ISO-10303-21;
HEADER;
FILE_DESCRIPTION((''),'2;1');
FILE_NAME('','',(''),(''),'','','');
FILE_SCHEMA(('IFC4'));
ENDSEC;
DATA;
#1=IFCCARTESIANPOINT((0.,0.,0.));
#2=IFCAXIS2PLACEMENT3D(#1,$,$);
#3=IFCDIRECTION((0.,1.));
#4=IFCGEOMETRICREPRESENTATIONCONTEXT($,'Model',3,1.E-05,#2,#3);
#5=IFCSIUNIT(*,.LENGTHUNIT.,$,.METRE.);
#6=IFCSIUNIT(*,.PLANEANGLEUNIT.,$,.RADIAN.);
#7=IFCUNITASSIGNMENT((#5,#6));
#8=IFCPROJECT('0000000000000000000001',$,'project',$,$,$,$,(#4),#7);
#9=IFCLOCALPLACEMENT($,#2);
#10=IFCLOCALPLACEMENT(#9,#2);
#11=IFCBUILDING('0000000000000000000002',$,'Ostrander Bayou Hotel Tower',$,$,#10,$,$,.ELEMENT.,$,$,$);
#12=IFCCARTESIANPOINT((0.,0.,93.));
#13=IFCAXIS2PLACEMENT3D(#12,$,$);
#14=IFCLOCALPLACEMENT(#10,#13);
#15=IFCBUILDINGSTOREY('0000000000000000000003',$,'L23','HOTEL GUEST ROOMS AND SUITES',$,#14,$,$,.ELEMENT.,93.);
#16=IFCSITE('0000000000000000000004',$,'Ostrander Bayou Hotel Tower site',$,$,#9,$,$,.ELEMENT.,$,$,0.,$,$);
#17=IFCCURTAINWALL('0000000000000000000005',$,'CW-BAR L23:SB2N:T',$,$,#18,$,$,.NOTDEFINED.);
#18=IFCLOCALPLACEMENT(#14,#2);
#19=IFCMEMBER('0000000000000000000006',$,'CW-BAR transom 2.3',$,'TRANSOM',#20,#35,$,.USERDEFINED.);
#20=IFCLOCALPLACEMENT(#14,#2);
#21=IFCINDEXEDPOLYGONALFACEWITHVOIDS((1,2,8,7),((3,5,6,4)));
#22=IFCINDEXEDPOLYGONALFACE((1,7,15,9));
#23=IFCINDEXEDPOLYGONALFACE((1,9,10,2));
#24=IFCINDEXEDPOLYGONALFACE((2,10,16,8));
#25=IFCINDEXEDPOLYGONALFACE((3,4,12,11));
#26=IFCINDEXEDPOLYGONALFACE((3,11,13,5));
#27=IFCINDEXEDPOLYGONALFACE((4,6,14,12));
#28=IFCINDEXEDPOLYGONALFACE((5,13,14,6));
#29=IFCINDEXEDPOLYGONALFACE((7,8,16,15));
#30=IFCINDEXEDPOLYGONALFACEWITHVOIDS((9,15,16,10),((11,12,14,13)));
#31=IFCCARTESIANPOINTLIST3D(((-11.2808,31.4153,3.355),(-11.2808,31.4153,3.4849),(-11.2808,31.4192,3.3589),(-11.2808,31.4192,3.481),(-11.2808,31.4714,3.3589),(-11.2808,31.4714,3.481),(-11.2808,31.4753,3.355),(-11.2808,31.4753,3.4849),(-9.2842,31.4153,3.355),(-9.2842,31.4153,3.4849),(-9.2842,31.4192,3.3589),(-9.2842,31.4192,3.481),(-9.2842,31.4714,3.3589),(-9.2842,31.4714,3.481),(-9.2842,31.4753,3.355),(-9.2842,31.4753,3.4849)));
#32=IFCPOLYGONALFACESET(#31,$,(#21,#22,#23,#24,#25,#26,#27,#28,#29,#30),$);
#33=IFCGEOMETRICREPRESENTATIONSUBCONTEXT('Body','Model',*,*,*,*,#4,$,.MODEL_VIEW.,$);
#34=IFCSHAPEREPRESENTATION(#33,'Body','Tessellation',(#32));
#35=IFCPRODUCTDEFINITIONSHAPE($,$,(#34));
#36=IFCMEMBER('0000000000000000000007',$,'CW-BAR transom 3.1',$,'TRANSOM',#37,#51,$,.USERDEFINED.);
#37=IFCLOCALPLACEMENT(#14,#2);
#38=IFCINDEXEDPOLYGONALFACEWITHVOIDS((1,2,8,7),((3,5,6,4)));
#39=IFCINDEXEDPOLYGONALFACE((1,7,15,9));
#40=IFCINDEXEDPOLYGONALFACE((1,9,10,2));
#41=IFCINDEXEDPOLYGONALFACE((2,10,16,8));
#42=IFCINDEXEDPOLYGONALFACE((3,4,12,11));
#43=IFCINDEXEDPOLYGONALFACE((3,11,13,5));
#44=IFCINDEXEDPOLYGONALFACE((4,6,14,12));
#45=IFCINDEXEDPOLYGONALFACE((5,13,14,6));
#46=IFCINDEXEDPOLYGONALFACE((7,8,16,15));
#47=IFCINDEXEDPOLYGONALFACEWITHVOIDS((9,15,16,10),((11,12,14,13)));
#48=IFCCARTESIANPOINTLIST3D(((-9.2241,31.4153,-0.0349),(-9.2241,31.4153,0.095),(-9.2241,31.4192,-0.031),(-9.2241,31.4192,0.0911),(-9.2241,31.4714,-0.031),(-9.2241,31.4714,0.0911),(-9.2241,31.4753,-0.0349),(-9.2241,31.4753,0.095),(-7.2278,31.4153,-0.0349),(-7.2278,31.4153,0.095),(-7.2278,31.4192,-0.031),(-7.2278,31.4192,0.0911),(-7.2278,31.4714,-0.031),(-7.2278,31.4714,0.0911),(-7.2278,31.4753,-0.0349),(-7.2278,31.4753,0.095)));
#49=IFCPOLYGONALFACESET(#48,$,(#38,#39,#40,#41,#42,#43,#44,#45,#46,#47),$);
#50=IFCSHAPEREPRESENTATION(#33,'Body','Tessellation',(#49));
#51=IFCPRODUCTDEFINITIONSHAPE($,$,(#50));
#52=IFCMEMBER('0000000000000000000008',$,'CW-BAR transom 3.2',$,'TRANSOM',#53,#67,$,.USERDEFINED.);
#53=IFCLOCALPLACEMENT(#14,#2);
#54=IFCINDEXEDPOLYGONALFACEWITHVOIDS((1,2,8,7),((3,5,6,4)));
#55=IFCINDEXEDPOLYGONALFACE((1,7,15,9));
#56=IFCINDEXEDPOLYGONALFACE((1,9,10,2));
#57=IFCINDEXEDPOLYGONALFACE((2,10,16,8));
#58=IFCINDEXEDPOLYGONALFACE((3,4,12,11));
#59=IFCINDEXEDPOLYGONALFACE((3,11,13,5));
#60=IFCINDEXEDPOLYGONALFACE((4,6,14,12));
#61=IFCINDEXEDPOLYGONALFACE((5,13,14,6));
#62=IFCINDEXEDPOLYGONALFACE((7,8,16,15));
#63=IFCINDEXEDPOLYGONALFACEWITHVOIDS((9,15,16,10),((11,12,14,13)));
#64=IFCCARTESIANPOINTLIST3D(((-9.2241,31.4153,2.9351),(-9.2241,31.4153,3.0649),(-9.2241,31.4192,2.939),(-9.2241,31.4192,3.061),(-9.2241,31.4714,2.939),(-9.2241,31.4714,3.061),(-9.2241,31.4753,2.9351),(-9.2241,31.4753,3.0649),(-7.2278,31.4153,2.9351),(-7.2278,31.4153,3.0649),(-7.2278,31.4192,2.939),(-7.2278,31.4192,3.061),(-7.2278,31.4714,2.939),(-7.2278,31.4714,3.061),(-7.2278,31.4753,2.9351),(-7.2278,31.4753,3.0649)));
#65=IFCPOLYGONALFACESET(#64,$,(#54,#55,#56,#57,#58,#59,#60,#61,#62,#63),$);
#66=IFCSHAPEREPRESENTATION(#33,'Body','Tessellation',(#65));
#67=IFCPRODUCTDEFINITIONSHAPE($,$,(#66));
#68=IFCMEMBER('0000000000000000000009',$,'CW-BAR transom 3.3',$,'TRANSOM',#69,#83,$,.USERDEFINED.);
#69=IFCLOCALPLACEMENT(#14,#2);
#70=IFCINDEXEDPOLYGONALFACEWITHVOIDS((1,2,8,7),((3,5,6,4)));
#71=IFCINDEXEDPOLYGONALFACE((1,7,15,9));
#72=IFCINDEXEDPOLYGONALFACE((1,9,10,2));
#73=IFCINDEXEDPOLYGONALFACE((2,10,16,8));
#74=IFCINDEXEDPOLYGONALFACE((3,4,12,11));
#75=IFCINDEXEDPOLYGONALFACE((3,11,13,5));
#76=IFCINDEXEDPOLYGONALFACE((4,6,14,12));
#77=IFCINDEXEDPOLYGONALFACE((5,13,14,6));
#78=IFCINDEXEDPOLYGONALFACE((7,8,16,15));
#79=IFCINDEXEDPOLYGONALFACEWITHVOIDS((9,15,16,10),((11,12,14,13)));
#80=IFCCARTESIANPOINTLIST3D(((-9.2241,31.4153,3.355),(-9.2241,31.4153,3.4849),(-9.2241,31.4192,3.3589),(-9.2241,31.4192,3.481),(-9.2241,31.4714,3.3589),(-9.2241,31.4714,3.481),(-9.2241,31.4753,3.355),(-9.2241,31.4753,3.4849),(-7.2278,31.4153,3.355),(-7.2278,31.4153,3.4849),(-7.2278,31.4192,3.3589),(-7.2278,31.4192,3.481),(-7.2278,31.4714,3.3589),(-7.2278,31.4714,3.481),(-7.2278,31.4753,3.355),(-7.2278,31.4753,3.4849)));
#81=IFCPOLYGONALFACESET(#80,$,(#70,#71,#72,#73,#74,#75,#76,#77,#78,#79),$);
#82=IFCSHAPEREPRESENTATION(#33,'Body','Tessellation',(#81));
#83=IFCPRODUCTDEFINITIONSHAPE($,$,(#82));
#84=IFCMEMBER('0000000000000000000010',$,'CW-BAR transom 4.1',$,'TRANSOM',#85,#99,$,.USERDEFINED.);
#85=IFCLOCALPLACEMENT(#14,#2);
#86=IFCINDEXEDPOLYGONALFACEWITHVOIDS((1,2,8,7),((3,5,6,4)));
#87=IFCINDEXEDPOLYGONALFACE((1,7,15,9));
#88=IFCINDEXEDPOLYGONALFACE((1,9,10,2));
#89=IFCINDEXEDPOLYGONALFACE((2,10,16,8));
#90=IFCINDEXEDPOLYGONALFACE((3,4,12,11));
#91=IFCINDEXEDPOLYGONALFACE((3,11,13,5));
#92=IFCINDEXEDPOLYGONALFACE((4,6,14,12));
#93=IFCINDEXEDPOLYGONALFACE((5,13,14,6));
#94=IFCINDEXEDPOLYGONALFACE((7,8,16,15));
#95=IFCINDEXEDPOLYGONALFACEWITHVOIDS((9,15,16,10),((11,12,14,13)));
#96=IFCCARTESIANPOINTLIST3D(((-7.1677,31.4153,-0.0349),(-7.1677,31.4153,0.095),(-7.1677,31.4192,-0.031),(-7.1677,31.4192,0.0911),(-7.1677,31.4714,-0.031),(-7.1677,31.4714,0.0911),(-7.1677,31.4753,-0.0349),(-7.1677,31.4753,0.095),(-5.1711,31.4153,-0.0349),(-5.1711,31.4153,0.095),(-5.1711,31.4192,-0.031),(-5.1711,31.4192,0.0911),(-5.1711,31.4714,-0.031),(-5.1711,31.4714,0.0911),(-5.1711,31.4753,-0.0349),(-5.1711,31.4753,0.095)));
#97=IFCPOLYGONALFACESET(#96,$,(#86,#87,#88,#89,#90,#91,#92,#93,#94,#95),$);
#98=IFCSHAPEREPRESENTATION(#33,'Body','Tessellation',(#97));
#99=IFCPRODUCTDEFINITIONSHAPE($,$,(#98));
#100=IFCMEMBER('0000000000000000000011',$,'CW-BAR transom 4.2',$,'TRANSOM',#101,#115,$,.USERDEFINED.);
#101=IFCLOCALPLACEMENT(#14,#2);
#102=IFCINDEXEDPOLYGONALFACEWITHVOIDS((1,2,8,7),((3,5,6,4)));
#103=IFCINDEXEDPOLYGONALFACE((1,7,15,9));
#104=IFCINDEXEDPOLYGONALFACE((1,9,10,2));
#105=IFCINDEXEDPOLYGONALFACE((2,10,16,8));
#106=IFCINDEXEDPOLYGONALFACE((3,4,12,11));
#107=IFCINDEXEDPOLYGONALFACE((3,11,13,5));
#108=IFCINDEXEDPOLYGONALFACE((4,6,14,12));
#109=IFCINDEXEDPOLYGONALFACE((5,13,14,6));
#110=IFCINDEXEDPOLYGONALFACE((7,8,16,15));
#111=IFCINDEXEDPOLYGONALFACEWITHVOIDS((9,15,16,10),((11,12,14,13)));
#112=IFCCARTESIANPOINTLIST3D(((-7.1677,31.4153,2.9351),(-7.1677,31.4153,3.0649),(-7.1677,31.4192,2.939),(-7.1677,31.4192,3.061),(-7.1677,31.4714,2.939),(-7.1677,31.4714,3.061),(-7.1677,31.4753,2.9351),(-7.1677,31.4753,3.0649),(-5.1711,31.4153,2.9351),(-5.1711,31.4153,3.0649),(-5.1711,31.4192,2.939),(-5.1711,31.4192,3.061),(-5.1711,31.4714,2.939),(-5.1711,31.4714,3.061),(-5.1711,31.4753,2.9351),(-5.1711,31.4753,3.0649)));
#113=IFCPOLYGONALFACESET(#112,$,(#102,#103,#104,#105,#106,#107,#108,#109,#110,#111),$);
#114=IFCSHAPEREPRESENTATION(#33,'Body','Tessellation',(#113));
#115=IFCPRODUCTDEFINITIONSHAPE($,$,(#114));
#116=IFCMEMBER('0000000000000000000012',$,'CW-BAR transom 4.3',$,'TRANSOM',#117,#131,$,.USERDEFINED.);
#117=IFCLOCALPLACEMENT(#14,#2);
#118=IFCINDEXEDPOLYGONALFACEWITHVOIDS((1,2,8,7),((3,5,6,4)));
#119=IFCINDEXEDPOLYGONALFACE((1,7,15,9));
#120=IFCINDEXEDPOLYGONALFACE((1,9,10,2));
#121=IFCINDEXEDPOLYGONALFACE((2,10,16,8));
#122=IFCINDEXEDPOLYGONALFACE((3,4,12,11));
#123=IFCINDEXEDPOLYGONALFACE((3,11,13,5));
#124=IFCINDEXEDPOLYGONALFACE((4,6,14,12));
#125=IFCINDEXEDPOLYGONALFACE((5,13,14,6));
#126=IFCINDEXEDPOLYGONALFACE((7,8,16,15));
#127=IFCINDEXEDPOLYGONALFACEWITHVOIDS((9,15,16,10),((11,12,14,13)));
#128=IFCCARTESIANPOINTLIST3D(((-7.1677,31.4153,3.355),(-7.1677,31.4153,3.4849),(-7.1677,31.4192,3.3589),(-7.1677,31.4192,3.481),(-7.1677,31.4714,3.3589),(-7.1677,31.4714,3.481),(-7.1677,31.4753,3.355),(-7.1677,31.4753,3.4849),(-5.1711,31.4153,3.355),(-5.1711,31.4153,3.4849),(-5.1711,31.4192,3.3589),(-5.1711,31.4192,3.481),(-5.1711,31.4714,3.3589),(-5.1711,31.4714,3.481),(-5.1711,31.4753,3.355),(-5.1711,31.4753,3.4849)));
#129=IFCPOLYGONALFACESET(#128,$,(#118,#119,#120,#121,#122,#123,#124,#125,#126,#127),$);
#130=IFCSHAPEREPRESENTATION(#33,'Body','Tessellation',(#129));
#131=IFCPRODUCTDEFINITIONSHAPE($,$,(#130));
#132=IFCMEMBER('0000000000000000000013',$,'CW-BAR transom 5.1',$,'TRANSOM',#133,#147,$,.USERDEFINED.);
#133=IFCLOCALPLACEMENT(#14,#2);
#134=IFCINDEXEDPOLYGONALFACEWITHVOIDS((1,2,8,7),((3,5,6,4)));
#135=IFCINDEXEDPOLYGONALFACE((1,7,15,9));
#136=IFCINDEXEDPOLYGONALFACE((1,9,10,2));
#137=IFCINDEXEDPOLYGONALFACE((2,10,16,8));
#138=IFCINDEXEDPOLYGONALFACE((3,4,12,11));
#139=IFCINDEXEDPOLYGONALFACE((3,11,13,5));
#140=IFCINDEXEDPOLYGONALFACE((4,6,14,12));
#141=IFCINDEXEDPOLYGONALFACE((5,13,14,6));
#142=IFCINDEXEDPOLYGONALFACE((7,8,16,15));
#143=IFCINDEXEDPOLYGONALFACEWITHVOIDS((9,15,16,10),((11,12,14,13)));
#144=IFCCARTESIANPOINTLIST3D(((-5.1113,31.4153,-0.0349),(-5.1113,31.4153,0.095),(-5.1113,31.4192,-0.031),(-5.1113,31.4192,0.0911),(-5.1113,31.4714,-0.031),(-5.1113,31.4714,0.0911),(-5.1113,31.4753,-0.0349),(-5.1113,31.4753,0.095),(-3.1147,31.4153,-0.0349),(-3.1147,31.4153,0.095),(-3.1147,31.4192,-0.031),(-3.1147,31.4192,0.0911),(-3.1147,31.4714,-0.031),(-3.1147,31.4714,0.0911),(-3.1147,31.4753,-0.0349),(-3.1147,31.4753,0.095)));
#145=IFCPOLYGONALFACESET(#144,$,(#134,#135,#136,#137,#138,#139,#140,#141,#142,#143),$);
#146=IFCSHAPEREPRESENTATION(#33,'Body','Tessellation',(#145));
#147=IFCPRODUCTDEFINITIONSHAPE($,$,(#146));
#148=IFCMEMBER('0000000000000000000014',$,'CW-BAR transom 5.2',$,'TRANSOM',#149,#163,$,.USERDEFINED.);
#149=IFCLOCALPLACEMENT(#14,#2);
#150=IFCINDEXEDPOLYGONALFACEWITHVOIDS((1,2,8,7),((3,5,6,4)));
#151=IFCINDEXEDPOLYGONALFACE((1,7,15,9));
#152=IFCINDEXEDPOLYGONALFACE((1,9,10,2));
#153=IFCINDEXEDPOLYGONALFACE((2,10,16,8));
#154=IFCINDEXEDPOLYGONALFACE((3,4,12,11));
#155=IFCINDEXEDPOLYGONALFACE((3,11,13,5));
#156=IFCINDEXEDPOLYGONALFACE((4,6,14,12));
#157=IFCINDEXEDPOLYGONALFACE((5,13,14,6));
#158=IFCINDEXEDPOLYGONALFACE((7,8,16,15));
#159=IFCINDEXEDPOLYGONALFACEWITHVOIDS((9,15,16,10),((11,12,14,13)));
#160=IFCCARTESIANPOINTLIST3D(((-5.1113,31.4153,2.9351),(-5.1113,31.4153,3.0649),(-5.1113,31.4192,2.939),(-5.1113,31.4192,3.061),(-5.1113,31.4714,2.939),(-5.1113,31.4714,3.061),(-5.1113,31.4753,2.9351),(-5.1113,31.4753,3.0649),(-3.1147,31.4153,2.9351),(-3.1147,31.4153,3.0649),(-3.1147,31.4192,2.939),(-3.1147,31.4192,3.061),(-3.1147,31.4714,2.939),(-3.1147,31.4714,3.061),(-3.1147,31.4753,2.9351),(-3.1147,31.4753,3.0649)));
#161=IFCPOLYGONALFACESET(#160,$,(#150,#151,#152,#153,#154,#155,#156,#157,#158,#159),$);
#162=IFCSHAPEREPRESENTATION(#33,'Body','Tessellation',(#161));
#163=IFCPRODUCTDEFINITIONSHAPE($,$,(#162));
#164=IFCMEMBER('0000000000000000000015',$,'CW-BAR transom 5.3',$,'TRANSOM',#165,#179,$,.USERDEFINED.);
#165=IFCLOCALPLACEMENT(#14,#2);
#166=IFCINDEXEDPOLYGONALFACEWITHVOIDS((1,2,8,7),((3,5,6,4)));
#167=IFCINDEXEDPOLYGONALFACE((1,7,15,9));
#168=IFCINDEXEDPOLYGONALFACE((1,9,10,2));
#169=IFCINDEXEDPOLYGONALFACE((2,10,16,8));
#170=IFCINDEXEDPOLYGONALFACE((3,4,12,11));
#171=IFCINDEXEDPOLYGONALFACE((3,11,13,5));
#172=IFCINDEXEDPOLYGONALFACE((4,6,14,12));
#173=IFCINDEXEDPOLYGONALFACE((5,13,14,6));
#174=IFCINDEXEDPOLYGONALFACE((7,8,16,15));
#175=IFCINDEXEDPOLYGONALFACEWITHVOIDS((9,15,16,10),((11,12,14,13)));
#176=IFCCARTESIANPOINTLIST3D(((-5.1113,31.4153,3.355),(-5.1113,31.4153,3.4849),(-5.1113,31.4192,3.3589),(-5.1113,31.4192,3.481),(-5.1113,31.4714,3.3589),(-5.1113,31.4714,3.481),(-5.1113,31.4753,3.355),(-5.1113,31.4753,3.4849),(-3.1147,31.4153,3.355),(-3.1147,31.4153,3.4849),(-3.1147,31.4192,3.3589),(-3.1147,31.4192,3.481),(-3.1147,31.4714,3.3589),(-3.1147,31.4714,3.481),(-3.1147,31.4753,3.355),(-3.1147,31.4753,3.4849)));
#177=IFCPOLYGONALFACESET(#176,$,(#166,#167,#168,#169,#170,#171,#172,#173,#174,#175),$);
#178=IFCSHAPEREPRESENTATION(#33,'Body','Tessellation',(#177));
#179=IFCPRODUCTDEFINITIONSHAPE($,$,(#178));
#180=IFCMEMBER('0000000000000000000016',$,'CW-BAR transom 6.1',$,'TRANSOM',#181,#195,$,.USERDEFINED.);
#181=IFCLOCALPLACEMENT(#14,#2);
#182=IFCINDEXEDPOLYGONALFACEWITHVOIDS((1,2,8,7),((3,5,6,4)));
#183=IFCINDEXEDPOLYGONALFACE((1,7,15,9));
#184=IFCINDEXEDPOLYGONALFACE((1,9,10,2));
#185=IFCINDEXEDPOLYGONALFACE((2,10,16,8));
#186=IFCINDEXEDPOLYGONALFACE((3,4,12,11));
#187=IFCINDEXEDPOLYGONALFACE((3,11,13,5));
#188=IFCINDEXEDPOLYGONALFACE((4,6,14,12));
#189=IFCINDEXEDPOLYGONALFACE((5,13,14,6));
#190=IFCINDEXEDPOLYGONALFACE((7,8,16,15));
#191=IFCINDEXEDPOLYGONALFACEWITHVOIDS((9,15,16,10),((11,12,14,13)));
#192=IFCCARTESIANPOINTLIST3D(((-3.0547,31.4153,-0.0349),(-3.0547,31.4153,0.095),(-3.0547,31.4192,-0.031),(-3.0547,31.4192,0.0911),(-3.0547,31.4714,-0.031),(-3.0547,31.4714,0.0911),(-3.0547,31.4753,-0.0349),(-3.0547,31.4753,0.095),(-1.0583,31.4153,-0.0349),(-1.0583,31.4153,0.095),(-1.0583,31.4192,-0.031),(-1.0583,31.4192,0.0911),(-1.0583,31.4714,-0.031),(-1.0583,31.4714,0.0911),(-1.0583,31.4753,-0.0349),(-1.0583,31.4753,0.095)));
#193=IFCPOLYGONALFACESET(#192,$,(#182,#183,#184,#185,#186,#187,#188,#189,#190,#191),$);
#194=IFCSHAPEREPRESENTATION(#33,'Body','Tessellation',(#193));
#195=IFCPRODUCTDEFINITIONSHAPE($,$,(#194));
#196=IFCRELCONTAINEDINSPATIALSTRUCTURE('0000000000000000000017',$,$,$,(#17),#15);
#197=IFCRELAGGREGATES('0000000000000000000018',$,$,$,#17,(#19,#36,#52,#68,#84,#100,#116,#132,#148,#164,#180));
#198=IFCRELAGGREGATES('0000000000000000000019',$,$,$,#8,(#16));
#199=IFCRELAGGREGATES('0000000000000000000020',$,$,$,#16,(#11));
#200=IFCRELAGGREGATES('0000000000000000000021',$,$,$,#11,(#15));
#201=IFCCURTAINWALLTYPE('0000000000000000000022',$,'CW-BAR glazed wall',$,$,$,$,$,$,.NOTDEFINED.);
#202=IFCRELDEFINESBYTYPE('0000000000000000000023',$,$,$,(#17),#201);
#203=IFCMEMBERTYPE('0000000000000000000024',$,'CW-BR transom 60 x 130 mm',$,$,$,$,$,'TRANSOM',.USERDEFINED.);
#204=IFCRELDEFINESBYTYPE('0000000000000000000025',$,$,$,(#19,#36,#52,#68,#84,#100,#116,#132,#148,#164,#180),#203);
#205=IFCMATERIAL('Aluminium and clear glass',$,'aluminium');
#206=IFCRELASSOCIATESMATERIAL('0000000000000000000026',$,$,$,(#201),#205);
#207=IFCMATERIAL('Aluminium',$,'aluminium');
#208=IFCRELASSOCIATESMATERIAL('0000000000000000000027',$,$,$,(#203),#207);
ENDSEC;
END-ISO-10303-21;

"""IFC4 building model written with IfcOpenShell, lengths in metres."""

from ifc_helpers import new_model, si_unit, direction, frame, origin, origin_2d, place, context, subcontext, project, spatial, hollow_rectangle, extrude, material, material_profile, profile_set, type_object, element, aggregate, save


model = new_model("IFC4")

# Units and contexts
model_context = context("Model", 3, precision=1e-05, world=origin(), true_north=direction((0.0, 1.0)))
body_context = subcontext(model_context, "Body", "Model", "MODEL_VIEW")
ifc_project = project(units=[si_unit("LENGTHUNIT", "METRE"), si_unit("PLANEANGLEUNIT", "RADIAN")], contexts=[model_context])

# Site, building, storey
site_placement = place(None, origin())
site = spatial("IfcSite", under=ifc_project, at=site_placement, Name="Ostrander Bayou Hotel Tower site", CompositionType="ELEMENT", RefElevation=0.0)
building_placement = place(site_placement, origin())
building = spatial("IfcBuilding", under=site, at=building_placement, Name="Ostrander Bayou Hotel Tower", CompositionType="ELEMENT")
storey_placement = place(building_placement, frame((0.0, 0.0, 93.0)))
storey = spatial("IfcBuildingStorey", under=building, at=storey_placement, Name="L23", Description="HOTEL GUEST ROOMS AND SUITES", CompositionType="ELEMENT", Elevation=93.0)

# Curtain wall, members
ifc_material_1 = material(Name="Aluminium and clear glass", Category="aluminium")
curtain_wall_type = type_object("IfcCurtainWallType", Name="CW-BAR glazed wall", PredefinedType="NOTDEFINED", material=ifc_material_1)
curtain_wall_placement = place(storey_placement, origin())
curtain_wall = element("IfcCurtainWall", 1, at=curtain_wall_placement, inside=storey, type_object=curtain_wall_type, Name="CW-BAR L23:SB2N:T", PredefinedType="NOTDEFINED")
ifc_material_2 = material(Name="Aluminium", Category="aluminium")
ifc_material_profile_1 = material_profile(ifc_material_2, hollow_rectangle(XDim=0.0601, YDim=0.1299, WallThickness=0.0039, at=origin_2d()))
ifc_profile_set_1 = profile_set([ifc_material_profile_1], Name="Aluminium")
member_type_1 = type_object("IfcMemberType", Name="CW-BR transom 60 x 130 mm", ElementType="TRANSOM", PredefinedType="USERDEFINED", material=ifc_profile_set_1)
member_1_placement = place(storey_placement, frame((-11.2808, 31.4453, 3.4199), z_axis=(1.0, 0.0, 0.0), x_axis=(0.0, 1.0, 0.0)))
member_1 = element("IfcMember", 2, at=member_1_placement, type_object=member_type_1, Name="CW-BAR transom 2.3", ObjectType="TRANSOM", PredefinedType="USERDEFINED", context=body_context, shape_type="SweptSolid", body=[
    extrude(hollow_rectangle(XDim=0.0601, YDim=0.1299, WallThickness=0.0039, at=origin_2d()), origin(), (0.0, 0.0, 1.0), 1.9966),
])
member_2_placement = place(storey_placement, frame((-9.2241, 31.4453, 0.03), z_axis=(1.0, 0.0, 0.0), x_axis=(0.0, 1.0, 0.0)))
member_2 = element("IfcMember", 3, at=member_2_placement, type_object=member_type_1, Name="CW-BAR transom 3.1", ObjectType="TRANSOM", PredefinedType="USERDEFINED", context=body_context, shape_type="SweptSolid", body=[
    extrude(hollow_rectangle(XDim=0.0601, YDim=0.1299, WallThickness=0.0039, at=origin_2d()), origin(), (0.0, 0.0, 1.0), 1.9963),
])
member_3_placement = place(storey_placement, frame((-9.2241, 31.4453, 3.0), z_axis=(1.0, 0.0, 0.0), x_axis=(0.0, 1.0, 0.0)))
member_3 = element("IfcMember", 4, at=member_3_placement, type_object=member_type_1, Name="CW-BAR transom 3.2", ObjectType="TRANSOM", PredefinedType="USERDEFINED", context=body_context, shape_type="SweptSolid", body=[
    extrude(hollow_rectangle(XDim=0.0601, YDim=0.1299, WallThickness=0.0039, at=origin_2d()), origin(), (0.0, 0.0, 1.0), 1.9963),
])
member_4_placement = place(storey_placement, frame((-9.2241, 31.4453, 3.4199), z_axis=(1.0, 0.0, 0.0), x_axis=(0.0, 1.0, 0.0)))
member_4 = element("IfcMember", 5, at=member_4_placement, type_object=member_type_1, Name="CW-BAR transom 3.3", ObjectType="TRANSOM", PredefinedType="USERDEFINED", context=body_context, shape_type="SweptSolid", body=[
    extrude(hollow_rectangle(XDim=0.0601, YDim=0.1299, WallThickness=0.0039, at=origin_2d()), origin(), (0.0, 0.0, 1.0), 1.9963),
])
member_5_placement = place(storey_placement, frame((-7.1677, 31.4453, 0.03), z_axis=(1.0, 0.0, 0.0), x_axis=(0.0, 1.0, 0.0)))
member_5 = element("IfcMember", 6, at=member_5_placement, type_object=member_type_1, Name="CW-BAR transom 4.1", ObjectType="TRANSOM", PredefinedType="USERDEFINED", context=body_context, shape_type="SweptSolid", body=[
    extrude(hollow_rectangle(XDim=0.0601, YDim=0.1299, WallThickness=0.0039, at=origin_2d()), origin(), (0.0, 0.0, 1.0), 1.9966),
])
member_6_placement = place(storey_placement, frame((-7.1677, 31.4453, 3.0), z_axis=(1.0, 0.0, 0.0), x_axis=(0.0, 1.0, 0.0)))
member_6 = element("IfcMember", 7, at=member_6_placement, type_object=member_type_1, Name="CW-BAR transom 4.2", ObjectType="TRANSOM", PredefinedType="USERDEFINED", context=body_context, shape_type="SweptSolid", body=[
    extrude(hollow_rectangle(XDim=0.0601, YDim=0.1299, WallThickness=0.0039, at=origin_2d()), origin(), (0.0, 0.0, 1.0), 1.9966),
])
member_7_placement = place(storey_placement, frame((-7.1677, 31.4453, 3.4199), z_axis=(1.0, 0.0, 0.0), x_axis=(0.0, 1.0, 0.0)))
member_7 = element("IfcMember", 8, at=member_7_placement, type_object=member_type_1, Name="CW-BAR transom 4.3", ObjectType="TRANSOM", PredefinedType="USERDEFINED", context=body_context, shape_type="SweptSolid", body=[
    extrude(hollow_rectangle(XDim=0.0601, YDim=0.1299, WallThickness=0.0039, at=origin_2d()), origin(), (0.0, 0.0, 1.0), 1.9966),
])
member_8_placement = place(storey_placement, frame((-5.1113, 31.4453, 0.03), z_axis=(1.0, 0.0, 0.0), x_axis=(0.0, 1.0, 0.0)))
member_8 = element("IfcMember", 9, at=member_8_placement, type_object=member_type_1, Name="CW-BAR transom 5.1", ObjectType="TRANSOM", PredefinedType="USERDEFINED", context=body_context, shape_type="SweptSolid", body=[
    extrude(hollow_rectangle(XDim=0.0601, YDim=0.1299, WallThickness=0.0039, at=origin_2d()), origin(), (0.0, 0.0, 1.0), 1.9966),
])
member_9_placement = place(storey_placement, frame((-5.1113, 31.4453, 3.0), z_axis=(1.0, 0.0, 0.0), x_axis=(0.0, 1.0, 0.0)))
member_9 = element("IfcMember", 10, at=member_9_placement, type_object=member_type_1, Name="CW-BAR transom 5.2", ObjectType="TRANSOM", PredefinedType="USERDEFINED", context=body_context, shape_type="SweptSolid", body=[
    extrude(hollow_rectangle(XDim=0.0601, YDim=0.1299, WallThickness=0.0039, at=origin_2d()), origin(), (0.0, 0.0, 1.0), 1.9966),
])
member_10_placement = place(storey_placement, frame((-5.1113, 31.4453, 3.4199), z_axis=(1.0, 0.0, 0.0), x_axis=(0.0, 1.0, 0.0)))
member_10 = element("IfcMember", 11, at=member_10_placement, type_object=member_type_1, Name="CW-BAR transom 5.3", ObjectType="TRANSOM", PredefinedType="USERDEFINED", context=body_context, shape_type="SweptSolid", body=[
    extrude(hollow_rectangle(XDim=0.0601, YDim=0.1299, WallThickness=0.0039, at=origin_2d()), origin(), (0.0, 0.0, 1.0), 1.9966),
])
member_11_placement = place(storey_placement, frame((-3.0547, 31.4453, 0.03), z_axis=(1.0, 0.0, 0.0), x_axis=(0.0, 1.0, 0.0)))
member_11 = element("IfcMember", 12, at=member_11_placement, type_object=member_type_1, Name="CW-BAR transom 6.1", ObjectType="TRANSOM", PredefinedType="USERDEFINED", context=body_context, shape_type="SweptSolid", body=[
    extrude(hollow_rectangle(XDim=0.0601, YDim=0.1299, WallThickness=0.0039, at=origin_2d()), origin(), (0.0, 0.0, 1.0), 1.9963),
])
aggregate(curtain_wall, [member_1, member_2, member_3, member_4, member_5, member_6, member_7, member_8, member_9, member_10, member_11])

save(model, "model.ifc")
